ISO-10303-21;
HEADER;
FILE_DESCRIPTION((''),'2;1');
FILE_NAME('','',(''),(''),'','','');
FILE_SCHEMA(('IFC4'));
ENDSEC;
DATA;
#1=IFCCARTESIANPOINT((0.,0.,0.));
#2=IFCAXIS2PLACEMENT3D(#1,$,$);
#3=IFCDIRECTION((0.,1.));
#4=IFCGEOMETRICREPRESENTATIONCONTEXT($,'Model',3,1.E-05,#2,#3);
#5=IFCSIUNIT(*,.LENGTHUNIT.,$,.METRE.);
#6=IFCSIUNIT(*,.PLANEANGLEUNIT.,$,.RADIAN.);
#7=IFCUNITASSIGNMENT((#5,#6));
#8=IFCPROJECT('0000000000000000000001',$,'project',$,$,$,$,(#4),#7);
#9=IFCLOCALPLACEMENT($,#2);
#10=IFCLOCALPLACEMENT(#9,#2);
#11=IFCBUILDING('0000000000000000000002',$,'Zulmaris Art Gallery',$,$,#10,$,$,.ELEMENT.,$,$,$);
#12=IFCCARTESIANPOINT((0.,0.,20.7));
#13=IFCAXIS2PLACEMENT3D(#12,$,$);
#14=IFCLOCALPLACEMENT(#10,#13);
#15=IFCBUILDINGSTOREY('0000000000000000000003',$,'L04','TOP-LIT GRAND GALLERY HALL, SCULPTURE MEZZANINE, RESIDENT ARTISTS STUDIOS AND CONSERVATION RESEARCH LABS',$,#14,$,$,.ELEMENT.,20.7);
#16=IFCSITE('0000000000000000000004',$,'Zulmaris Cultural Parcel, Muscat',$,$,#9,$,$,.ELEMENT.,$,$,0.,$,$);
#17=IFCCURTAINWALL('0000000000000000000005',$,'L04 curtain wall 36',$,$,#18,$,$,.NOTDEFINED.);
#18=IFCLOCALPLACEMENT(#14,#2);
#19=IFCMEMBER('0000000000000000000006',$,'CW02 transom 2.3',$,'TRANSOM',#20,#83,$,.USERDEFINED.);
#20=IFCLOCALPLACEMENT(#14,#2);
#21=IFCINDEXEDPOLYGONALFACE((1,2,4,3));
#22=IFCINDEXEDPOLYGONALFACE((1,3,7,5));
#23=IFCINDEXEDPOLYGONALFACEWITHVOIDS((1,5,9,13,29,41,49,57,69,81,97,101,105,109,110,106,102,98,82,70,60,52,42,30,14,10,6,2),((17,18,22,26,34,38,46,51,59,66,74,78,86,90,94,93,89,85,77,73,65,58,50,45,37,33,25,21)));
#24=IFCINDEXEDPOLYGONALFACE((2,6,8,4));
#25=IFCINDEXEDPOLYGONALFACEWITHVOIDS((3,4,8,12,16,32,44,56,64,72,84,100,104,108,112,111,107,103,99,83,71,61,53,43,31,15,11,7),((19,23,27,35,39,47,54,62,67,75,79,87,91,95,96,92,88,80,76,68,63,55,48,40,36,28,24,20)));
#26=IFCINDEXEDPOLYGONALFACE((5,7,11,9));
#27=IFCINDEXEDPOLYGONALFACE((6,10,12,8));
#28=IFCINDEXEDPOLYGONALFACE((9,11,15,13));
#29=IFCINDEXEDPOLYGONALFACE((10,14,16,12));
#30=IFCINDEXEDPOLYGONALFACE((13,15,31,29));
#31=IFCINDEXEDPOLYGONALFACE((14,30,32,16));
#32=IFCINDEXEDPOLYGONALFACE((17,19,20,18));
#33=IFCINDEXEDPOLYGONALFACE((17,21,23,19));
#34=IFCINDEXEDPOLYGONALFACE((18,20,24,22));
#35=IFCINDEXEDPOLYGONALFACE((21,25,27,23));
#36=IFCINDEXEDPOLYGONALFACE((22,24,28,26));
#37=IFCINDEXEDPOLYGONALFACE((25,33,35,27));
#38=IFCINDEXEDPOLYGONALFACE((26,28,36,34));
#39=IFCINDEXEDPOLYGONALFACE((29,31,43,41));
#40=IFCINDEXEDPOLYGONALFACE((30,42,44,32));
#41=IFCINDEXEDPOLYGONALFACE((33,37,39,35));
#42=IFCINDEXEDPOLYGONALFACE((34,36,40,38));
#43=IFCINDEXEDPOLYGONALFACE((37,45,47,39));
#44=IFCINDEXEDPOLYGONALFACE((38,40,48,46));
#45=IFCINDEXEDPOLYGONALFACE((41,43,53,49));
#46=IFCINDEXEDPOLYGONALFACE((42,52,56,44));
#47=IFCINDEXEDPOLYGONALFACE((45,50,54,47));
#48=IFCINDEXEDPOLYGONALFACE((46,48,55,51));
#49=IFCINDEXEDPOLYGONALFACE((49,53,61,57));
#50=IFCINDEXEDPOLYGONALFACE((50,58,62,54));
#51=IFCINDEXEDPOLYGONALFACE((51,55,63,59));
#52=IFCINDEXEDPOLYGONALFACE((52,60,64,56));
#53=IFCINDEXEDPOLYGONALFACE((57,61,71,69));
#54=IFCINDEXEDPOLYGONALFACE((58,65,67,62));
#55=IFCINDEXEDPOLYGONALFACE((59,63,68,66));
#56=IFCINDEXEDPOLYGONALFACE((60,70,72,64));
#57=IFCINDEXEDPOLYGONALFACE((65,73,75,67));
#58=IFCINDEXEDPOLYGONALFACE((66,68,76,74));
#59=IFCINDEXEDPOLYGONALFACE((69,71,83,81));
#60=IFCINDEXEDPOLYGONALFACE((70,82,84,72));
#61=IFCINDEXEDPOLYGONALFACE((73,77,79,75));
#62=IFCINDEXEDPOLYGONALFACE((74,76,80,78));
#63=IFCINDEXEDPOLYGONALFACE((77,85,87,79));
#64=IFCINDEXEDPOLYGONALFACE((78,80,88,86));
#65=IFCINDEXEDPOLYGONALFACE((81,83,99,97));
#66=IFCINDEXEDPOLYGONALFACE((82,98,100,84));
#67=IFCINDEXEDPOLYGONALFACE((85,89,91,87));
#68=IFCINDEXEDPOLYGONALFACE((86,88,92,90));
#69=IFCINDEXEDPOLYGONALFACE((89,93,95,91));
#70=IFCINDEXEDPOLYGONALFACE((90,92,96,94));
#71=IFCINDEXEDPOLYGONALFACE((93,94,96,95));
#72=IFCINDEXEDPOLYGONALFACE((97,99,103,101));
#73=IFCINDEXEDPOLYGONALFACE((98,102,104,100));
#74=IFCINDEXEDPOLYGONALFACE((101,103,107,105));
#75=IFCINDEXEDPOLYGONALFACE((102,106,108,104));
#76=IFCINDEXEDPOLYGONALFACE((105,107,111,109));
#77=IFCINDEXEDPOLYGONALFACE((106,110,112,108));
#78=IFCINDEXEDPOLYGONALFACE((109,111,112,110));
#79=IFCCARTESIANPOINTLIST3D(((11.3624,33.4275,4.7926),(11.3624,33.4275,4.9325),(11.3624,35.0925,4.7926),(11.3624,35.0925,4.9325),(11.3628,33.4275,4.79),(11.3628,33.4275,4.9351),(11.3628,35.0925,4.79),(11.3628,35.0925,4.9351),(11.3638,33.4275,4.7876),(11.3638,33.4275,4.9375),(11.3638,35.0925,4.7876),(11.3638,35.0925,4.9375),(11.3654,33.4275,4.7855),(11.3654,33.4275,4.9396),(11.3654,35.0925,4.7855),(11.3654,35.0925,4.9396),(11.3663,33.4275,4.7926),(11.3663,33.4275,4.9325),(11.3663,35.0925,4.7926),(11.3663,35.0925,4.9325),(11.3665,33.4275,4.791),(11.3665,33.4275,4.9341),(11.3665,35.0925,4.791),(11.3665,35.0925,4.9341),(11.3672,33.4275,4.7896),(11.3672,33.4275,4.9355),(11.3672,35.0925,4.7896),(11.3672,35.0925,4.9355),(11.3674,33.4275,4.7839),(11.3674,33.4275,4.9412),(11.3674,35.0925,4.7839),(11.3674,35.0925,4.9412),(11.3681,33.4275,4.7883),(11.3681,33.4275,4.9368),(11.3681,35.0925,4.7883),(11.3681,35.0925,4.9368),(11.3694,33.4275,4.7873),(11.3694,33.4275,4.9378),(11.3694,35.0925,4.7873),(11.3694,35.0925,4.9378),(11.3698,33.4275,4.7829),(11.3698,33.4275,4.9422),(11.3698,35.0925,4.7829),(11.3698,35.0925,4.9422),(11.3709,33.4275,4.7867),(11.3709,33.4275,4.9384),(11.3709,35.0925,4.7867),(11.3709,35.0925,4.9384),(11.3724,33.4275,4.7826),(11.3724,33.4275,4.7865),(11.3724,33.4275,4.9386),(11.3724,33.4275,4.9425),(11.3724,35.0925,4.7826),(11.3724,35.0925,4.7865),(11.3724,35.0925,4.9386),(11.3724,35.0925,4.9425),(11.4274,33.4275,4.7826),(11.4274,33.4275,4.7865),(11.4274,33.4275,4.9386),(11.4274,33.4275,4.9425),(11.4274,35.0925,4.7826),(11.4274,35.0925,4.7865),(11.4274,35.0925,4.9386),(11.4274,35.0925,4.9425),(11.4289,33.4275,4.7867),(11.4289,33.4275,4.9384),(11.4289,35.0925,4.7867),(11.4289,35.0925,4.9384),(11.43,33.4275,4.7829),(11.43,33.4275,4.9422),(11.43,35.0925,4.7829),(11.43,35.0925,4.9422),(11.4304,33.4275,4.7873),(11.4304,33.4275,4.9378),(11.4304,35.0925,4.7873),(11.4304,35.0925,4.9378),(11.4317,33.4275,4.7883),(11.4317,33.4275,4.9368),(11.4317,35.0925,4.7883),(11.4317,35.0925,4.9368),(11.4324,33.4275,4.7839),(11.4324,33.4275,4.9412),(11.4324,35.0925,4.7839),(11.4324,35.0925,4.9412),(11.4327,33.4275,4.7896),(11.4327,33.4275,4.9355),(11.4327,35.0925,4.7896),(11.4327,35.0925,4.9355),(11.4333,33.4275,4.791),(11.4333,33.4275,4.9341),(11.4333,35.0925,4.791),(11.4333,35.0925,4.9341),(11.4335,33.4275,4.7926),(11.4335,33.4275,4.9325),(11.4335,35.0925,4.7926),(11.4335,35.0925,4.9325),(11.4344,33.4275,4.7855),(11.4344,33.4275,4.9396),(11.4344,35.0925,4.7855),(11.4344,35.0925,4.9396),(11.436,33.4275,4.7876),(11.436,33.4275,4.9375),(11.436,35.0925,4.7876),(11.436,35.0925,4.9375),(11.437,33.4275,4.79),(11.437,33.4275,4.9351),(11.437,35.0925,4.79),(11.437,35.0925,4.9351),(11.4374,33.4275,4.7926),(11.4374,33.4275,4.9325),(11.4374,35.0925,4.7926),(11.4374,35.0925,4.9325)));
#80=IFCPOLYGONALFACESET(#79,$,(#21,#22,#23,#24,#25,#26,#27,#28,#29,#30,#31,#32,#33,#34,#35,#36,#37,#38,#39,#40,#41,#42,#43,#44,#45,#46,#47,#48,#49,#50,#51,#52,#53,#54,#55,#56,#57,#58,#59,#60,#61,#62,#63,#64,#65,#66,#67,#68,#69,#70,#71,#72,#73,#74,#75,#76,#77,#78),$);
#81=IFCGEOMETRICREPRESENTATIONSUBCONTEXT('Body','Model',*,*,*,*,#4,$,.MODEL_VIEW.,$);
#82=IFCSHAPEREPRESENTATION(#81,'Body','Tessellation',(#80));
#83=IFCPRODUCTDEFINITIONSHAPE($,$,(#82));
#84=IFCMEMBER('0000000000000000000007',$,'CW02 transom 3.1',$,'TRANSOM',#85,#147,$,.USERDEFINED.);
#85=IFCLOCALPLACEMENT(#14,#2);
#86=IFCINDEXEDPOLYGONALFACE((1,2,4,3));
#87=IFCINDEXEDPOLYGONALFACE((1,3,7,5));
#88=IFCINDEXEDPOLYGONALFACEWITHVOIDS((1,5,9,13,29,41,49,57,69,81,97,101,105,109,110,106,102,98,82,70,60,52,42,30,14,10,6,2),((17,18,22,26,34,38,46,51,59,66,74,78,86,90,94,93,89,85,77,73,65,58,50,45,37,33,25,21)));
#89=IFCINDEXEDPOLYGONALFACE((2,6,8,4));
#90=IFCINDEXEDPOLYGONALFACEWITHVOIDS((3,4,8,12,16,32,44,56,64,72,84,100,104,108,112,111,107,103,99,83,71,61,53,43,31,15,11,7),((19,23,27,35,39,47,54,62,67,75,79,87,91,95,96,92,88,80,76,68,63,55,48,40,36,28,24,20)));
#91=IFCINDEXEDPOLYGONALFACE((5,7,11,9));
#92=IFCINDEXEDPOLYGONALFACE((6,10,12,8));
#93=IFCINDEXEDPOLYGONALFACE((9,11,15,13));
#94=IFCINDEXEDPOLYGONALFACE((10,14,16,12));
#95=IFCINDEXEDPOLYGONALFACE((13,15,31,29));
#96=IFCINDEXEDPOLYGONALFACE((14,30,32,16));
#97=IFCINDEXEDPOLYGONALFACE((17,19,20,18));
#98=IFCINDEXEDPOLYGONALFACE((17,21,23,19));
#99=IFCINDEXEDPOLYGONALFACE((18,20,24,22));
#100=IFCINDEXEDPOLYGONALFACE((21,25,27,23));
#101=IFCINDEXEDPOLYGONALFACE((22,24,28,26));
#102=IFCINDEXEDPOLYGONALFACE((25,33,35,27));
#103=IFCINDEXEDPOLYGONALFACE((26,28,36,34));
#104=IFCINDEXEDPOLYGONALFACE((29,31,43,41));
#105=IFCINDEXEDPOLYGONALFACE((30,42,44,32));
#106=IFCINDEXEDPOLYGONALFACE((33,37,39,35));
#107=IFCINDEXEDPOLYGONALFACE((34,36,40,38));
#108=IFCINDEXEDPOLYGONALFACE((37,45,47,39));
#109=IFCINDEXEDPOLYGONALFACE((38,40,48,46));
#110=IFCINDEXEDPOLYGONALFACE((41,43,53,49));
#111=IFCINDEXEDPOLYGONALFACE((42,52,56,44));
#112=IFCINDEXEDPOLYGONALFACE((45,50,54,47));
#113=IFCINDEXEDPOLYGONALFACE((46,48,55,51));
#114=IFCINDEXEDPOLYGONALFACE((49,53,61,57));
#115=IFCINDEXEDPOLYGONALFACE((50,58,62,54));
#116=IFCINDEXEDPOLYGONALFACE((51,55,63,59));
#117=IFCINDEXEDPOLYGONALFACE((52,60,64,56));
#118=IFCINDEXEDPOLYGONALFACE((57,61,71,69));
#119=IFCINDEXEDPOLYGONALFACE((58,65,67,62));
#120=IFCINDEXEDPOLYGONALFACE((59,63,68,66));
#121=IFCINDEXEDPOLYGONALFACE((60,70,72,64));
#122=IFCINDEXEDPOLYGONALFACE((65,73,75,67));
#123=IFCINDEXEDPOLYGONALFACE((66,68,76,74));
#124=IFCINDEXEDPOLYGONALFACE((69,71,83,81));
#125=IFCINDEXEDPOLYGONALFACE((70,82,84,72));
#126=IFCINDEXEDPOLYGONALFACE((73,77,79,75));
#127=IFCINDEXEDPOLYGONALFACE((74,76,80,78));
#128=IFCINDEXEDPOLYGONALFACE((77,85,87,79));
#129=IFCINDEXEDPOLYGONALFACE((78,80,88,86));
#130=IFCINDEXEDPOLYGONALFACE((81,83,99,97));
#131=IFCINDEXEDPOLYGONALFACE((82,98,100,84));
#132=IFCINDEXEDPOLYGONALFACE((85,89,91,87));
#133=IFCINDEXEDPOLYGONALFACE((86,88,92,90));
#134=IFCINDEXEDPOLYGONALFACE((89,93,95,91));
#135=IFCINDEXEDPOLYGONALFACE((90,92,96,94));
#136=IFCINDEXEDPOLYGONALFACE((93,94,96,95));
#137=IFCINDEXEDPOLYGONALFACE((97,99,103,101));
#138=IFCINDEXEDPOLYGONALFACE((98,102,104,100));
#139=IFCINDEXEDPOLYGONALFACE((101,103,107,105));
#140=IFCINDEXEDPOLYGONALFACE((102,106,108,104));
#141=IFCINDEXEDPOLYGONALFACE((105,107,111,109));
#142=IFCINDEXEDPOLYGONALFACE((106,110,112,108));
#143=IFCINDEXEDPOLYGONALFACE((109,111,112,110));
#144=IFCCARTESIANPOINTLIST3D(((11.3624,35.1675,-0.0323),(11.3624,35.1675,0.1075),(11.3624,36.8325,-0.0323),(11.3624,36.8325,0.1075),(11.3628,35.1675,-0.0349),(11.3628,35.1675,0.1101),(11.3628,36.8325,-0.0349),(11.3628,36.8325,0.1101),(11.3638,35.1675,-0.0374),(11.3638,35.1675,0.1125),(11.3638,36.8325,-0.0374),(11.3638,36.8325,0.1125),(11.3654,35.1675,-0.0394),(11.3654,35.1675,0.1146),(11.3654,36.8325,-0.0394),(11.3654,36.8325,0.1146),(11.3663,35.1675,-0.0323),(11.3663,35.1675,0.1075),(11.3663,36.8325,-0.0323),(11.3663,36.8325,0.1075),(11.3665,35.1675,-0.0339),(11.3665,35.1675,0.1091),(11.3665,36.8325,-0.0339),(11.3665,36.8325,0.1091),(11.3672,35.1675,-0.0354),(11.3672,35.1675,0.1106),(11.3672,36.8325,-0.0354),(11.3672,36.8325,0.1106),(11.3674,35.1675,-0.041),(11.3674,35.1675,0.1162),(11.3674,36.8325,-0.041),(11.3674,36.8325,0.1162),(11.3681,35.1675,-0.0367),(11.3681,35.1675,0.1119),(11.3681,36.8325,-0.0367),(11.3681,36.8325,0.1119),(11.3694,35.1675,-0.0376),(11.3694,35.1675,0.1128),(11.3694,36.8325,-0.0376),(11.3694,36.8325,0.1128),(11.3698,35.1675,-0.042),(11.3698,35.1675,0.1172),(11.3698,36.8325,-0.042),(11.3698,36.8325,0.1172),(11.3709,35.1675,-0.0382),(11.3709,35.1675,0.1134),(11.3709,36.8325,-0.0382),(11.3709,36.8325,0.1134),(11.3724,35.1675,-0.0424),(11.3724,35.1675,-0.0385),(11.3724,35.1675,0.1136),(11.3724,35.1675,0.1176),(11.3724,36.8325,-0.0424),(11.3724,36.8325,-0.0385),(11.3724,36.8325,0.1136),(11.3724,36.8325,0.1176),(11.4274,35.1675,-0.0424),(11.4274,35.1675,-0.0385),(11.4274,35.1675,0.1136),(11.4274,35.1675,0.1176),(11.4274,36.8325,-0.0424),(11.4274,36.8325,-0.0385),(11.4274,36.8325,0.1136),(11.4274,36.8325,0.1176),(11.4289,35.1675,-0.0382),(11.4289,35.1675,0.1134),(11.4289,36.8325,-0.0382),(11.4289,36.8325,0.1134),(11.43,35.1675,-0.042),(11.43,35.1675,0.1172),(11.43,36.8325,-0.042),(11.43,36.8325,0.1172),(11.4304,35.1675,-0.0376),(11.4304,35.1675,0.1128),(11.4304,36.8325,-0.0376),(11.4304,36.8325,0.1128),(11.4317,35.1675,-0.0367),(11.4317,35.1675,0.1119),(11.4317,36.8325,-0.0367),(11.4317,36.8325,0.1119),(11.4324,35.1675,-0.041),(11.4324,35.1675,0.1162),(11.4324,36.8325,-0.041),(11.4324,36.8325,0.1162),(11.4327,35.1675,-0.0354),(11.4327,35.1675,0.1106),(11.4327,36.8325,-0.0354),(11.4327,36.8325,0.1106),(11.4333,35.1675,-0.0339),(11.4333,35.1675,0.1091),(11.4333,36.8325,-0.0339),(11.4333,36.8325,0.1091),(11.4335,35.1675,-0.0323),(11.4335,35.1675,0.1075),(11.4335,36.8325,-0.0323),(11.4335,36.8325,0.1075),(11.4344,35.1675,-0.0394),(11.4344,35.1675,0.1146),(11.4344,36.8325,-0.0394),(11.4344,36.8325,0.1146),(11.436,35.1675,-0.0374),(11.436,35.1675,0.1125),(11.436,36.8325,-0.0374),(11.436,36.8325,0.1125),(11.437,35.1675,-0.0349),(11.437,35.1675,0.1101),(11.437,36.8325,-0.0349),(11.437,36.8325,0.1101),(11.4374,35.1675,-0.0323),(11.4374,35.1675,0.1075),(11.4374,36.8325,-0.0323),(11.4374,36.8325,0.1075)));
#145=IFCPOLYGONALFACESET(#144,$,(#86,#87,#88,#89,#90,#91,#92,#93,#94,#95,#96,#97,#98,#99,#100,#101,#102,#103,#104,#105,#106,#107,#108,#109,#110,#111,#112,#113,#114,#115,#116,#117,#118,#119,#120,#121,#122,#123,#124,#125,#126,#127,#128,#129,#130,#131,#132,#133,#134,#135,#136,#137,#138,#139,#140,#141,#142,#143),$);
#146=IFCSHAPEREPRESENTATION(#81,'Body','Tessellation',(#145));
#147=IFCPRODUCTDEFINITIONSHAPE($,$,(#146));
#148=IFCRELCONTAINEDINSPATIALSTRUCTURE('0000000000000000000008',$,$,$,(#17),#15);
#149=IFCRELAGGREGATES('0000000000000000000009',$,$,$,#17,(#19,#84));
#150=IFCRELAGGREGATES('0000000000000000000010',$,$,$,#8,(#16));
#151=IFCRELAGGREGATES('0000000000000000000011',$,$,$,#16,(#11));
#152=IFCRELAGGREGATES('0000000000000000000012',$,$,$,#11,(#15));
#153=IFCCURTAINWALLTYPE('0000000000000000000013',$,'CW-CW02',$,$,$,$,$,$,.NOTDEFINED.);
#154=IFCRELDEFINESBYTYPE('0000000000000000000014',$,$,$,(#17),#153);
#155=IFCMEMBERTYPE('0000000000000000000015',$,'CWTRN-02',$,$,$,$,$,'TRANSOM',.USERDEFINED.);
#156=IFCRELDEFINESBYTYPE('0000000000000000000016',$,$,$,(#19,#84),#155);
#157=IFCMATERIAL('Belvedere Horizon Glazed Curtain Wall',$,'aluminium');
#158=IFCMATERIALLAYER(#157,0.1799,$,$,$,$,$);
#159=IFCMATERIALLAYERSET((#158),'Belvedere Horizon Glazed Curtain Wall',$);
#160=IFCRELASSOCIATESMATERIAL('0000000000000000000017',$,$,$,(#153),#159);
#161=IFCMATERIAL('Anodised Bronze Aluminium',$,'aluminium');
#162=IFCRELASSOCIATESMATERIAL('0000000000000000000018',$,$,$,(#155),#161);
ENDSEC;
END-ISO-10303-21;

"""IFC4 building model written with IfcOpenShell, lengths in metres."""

from ifc_helpers import new_model, si_unit, direction, frame, origin, origin_2d, place, context, subcontext, project, spatial, hollow_rectangle, extrude, material, layer, layer_set, material_profile, profile_set, type_object, element, aggregate, save


model = new_model("IFC4")

# Units and contexts
model_context = context("Model", 3, precision=1e-05, world=origin(), true_north=direction((0.0, 1.0)))
body_context = subcontext(model_context, "Body", "Model", "MODEL_VIEW")
ifc_project = project(units=[si_unit("LENGTHUNIT", "METRE"), si_unit("PLANEANGLEUNIT", "RADIAN")], contexts=[model_context])

# Site, building, storey
site_placement = place(None, origin())
site = spatial("IfcSite", under=ifc_project, at=site_placement, Name="Zulmaris Cultural Parcel, Muscat", CompositionType="ELEMENT", RefElevation=0.0)
building_placement = place(site_placement, origin())
building = spatial("IfcBuilding", under=site, at=building_placement, Name="Zulmaris Art Gallery", CompositionType="ELEMENT")
storey_placement = place(building_placement, frame((0.0, 0.0, 20.7)))
storey = spatial("IfcBuildingStorey", under=building, at=storey_placement, Name="L04", Description="TOP-LIT GRAND GALLERY HALL, SCULPTURE MEZZANINE, RESIDENT ARTISTS STUDIOS AND CONSERVATION RESEARCH LABS", CompositionType="ELEMENT", Elevation=20.7)

# Curtain wall, members
ifc_material_1 = material(Name="Belvedere Horizon Glazed Curtain Wall", Category="aluminium")
ifc_layer_1 = layer(ifc_material_1, 0.1799)
ifc_layer_set_1 = layer_set([ifc_layer_1], Name="Belvedere Horizon Glazed Curtain Wall")
curtain_wall_type = type_object("IfcCurtainWallType", Name="CW-CW02", PredefinedType="NOTDEFINED", material=ifc_layer_set_1)
curtain_wall_placement = place(storey_placement, origin())
curtain_wall = element("IfcCurtainWall", 1, at=curtain_wall_placement, inside=storey, type_object=curtain_wall_type, Name="L04 curtain wall 36", PredefinedType="NOTDEFINED")
ifc_material_2 = material(Name="Anodised Bronze Aluminium", Category="aluminium")
ifc_material_profile_1 = material_profile(ifc_material_2, hollow_rectangle(XDim=0.075, YDim=0.1599, WallThickness=0.0039, InnerFilletRadius=0.0061, OuterFilletRadius=0.01, at=origin_2d()), Name="ALU 75x160x4")
ifc_profile_set_1 = profile_set([ifc_material_profile_1], Name="Anodised Bronze Aluminium")
member_type_1 = type_object("IfcMemberType", Name="CWTRN-02", ElementType="TRANSOM", PredefinedType="USERDEFINED", material=ifc_profile_set_1)
member_1_placement = place(storey_placement, frame((11.3999, 33.4275, 4.8625), z_axis=(0.0, 1.0, 0.0), x_axis=(-1.0, 0.0, 0.0)))
member_1 = element("IfcMember", 2, at=member_1_placement, type_object=member_type_1, Name="CW02 transom 2.3", ObjectType="TRANSOM", PredefinedType="USERDEFINED", context=body_context, shape_type="SweptSolid", body=[
    extrude(hollow_rectangle(XDim=0.075, YDim=0.1599, WallThickness=0.0039, InnerFilletRadius=0.0061, OuterFilletRadius=0.01, at=origin_2d()), origin(), (0.0, 0.0, 1.0), 1.665),
])
member_2_placement = place(storey_placement, frame((11.3999, 35.1675, 0.0376), z_axis=(0.0, 1.0, 0.0), x_axis=(-1.0, 0.0, 0.0)))
member_2 = element("IfcMember", 3, at=member_2_placement, type_object=member_type_1, Name="CW02 transom 3.1", ObjectType="TRANSOM", PredefinedType="USERDEFINED", context=body_context, shape_type="SweptSolid", body=[
    extrude(hollow_rectangle(XDim=0.075, YDim=0.1599, WallThickness=0.0039, InnerFilletRadius=0.0061, OuterFilletRadius=0.01, at=origin_2d()), origin(), (0.0, 0.0, 1.0), 1.665),
])

aggregate(curtain_wall, [member_1, member_2])

save(model, "model.ifc")
